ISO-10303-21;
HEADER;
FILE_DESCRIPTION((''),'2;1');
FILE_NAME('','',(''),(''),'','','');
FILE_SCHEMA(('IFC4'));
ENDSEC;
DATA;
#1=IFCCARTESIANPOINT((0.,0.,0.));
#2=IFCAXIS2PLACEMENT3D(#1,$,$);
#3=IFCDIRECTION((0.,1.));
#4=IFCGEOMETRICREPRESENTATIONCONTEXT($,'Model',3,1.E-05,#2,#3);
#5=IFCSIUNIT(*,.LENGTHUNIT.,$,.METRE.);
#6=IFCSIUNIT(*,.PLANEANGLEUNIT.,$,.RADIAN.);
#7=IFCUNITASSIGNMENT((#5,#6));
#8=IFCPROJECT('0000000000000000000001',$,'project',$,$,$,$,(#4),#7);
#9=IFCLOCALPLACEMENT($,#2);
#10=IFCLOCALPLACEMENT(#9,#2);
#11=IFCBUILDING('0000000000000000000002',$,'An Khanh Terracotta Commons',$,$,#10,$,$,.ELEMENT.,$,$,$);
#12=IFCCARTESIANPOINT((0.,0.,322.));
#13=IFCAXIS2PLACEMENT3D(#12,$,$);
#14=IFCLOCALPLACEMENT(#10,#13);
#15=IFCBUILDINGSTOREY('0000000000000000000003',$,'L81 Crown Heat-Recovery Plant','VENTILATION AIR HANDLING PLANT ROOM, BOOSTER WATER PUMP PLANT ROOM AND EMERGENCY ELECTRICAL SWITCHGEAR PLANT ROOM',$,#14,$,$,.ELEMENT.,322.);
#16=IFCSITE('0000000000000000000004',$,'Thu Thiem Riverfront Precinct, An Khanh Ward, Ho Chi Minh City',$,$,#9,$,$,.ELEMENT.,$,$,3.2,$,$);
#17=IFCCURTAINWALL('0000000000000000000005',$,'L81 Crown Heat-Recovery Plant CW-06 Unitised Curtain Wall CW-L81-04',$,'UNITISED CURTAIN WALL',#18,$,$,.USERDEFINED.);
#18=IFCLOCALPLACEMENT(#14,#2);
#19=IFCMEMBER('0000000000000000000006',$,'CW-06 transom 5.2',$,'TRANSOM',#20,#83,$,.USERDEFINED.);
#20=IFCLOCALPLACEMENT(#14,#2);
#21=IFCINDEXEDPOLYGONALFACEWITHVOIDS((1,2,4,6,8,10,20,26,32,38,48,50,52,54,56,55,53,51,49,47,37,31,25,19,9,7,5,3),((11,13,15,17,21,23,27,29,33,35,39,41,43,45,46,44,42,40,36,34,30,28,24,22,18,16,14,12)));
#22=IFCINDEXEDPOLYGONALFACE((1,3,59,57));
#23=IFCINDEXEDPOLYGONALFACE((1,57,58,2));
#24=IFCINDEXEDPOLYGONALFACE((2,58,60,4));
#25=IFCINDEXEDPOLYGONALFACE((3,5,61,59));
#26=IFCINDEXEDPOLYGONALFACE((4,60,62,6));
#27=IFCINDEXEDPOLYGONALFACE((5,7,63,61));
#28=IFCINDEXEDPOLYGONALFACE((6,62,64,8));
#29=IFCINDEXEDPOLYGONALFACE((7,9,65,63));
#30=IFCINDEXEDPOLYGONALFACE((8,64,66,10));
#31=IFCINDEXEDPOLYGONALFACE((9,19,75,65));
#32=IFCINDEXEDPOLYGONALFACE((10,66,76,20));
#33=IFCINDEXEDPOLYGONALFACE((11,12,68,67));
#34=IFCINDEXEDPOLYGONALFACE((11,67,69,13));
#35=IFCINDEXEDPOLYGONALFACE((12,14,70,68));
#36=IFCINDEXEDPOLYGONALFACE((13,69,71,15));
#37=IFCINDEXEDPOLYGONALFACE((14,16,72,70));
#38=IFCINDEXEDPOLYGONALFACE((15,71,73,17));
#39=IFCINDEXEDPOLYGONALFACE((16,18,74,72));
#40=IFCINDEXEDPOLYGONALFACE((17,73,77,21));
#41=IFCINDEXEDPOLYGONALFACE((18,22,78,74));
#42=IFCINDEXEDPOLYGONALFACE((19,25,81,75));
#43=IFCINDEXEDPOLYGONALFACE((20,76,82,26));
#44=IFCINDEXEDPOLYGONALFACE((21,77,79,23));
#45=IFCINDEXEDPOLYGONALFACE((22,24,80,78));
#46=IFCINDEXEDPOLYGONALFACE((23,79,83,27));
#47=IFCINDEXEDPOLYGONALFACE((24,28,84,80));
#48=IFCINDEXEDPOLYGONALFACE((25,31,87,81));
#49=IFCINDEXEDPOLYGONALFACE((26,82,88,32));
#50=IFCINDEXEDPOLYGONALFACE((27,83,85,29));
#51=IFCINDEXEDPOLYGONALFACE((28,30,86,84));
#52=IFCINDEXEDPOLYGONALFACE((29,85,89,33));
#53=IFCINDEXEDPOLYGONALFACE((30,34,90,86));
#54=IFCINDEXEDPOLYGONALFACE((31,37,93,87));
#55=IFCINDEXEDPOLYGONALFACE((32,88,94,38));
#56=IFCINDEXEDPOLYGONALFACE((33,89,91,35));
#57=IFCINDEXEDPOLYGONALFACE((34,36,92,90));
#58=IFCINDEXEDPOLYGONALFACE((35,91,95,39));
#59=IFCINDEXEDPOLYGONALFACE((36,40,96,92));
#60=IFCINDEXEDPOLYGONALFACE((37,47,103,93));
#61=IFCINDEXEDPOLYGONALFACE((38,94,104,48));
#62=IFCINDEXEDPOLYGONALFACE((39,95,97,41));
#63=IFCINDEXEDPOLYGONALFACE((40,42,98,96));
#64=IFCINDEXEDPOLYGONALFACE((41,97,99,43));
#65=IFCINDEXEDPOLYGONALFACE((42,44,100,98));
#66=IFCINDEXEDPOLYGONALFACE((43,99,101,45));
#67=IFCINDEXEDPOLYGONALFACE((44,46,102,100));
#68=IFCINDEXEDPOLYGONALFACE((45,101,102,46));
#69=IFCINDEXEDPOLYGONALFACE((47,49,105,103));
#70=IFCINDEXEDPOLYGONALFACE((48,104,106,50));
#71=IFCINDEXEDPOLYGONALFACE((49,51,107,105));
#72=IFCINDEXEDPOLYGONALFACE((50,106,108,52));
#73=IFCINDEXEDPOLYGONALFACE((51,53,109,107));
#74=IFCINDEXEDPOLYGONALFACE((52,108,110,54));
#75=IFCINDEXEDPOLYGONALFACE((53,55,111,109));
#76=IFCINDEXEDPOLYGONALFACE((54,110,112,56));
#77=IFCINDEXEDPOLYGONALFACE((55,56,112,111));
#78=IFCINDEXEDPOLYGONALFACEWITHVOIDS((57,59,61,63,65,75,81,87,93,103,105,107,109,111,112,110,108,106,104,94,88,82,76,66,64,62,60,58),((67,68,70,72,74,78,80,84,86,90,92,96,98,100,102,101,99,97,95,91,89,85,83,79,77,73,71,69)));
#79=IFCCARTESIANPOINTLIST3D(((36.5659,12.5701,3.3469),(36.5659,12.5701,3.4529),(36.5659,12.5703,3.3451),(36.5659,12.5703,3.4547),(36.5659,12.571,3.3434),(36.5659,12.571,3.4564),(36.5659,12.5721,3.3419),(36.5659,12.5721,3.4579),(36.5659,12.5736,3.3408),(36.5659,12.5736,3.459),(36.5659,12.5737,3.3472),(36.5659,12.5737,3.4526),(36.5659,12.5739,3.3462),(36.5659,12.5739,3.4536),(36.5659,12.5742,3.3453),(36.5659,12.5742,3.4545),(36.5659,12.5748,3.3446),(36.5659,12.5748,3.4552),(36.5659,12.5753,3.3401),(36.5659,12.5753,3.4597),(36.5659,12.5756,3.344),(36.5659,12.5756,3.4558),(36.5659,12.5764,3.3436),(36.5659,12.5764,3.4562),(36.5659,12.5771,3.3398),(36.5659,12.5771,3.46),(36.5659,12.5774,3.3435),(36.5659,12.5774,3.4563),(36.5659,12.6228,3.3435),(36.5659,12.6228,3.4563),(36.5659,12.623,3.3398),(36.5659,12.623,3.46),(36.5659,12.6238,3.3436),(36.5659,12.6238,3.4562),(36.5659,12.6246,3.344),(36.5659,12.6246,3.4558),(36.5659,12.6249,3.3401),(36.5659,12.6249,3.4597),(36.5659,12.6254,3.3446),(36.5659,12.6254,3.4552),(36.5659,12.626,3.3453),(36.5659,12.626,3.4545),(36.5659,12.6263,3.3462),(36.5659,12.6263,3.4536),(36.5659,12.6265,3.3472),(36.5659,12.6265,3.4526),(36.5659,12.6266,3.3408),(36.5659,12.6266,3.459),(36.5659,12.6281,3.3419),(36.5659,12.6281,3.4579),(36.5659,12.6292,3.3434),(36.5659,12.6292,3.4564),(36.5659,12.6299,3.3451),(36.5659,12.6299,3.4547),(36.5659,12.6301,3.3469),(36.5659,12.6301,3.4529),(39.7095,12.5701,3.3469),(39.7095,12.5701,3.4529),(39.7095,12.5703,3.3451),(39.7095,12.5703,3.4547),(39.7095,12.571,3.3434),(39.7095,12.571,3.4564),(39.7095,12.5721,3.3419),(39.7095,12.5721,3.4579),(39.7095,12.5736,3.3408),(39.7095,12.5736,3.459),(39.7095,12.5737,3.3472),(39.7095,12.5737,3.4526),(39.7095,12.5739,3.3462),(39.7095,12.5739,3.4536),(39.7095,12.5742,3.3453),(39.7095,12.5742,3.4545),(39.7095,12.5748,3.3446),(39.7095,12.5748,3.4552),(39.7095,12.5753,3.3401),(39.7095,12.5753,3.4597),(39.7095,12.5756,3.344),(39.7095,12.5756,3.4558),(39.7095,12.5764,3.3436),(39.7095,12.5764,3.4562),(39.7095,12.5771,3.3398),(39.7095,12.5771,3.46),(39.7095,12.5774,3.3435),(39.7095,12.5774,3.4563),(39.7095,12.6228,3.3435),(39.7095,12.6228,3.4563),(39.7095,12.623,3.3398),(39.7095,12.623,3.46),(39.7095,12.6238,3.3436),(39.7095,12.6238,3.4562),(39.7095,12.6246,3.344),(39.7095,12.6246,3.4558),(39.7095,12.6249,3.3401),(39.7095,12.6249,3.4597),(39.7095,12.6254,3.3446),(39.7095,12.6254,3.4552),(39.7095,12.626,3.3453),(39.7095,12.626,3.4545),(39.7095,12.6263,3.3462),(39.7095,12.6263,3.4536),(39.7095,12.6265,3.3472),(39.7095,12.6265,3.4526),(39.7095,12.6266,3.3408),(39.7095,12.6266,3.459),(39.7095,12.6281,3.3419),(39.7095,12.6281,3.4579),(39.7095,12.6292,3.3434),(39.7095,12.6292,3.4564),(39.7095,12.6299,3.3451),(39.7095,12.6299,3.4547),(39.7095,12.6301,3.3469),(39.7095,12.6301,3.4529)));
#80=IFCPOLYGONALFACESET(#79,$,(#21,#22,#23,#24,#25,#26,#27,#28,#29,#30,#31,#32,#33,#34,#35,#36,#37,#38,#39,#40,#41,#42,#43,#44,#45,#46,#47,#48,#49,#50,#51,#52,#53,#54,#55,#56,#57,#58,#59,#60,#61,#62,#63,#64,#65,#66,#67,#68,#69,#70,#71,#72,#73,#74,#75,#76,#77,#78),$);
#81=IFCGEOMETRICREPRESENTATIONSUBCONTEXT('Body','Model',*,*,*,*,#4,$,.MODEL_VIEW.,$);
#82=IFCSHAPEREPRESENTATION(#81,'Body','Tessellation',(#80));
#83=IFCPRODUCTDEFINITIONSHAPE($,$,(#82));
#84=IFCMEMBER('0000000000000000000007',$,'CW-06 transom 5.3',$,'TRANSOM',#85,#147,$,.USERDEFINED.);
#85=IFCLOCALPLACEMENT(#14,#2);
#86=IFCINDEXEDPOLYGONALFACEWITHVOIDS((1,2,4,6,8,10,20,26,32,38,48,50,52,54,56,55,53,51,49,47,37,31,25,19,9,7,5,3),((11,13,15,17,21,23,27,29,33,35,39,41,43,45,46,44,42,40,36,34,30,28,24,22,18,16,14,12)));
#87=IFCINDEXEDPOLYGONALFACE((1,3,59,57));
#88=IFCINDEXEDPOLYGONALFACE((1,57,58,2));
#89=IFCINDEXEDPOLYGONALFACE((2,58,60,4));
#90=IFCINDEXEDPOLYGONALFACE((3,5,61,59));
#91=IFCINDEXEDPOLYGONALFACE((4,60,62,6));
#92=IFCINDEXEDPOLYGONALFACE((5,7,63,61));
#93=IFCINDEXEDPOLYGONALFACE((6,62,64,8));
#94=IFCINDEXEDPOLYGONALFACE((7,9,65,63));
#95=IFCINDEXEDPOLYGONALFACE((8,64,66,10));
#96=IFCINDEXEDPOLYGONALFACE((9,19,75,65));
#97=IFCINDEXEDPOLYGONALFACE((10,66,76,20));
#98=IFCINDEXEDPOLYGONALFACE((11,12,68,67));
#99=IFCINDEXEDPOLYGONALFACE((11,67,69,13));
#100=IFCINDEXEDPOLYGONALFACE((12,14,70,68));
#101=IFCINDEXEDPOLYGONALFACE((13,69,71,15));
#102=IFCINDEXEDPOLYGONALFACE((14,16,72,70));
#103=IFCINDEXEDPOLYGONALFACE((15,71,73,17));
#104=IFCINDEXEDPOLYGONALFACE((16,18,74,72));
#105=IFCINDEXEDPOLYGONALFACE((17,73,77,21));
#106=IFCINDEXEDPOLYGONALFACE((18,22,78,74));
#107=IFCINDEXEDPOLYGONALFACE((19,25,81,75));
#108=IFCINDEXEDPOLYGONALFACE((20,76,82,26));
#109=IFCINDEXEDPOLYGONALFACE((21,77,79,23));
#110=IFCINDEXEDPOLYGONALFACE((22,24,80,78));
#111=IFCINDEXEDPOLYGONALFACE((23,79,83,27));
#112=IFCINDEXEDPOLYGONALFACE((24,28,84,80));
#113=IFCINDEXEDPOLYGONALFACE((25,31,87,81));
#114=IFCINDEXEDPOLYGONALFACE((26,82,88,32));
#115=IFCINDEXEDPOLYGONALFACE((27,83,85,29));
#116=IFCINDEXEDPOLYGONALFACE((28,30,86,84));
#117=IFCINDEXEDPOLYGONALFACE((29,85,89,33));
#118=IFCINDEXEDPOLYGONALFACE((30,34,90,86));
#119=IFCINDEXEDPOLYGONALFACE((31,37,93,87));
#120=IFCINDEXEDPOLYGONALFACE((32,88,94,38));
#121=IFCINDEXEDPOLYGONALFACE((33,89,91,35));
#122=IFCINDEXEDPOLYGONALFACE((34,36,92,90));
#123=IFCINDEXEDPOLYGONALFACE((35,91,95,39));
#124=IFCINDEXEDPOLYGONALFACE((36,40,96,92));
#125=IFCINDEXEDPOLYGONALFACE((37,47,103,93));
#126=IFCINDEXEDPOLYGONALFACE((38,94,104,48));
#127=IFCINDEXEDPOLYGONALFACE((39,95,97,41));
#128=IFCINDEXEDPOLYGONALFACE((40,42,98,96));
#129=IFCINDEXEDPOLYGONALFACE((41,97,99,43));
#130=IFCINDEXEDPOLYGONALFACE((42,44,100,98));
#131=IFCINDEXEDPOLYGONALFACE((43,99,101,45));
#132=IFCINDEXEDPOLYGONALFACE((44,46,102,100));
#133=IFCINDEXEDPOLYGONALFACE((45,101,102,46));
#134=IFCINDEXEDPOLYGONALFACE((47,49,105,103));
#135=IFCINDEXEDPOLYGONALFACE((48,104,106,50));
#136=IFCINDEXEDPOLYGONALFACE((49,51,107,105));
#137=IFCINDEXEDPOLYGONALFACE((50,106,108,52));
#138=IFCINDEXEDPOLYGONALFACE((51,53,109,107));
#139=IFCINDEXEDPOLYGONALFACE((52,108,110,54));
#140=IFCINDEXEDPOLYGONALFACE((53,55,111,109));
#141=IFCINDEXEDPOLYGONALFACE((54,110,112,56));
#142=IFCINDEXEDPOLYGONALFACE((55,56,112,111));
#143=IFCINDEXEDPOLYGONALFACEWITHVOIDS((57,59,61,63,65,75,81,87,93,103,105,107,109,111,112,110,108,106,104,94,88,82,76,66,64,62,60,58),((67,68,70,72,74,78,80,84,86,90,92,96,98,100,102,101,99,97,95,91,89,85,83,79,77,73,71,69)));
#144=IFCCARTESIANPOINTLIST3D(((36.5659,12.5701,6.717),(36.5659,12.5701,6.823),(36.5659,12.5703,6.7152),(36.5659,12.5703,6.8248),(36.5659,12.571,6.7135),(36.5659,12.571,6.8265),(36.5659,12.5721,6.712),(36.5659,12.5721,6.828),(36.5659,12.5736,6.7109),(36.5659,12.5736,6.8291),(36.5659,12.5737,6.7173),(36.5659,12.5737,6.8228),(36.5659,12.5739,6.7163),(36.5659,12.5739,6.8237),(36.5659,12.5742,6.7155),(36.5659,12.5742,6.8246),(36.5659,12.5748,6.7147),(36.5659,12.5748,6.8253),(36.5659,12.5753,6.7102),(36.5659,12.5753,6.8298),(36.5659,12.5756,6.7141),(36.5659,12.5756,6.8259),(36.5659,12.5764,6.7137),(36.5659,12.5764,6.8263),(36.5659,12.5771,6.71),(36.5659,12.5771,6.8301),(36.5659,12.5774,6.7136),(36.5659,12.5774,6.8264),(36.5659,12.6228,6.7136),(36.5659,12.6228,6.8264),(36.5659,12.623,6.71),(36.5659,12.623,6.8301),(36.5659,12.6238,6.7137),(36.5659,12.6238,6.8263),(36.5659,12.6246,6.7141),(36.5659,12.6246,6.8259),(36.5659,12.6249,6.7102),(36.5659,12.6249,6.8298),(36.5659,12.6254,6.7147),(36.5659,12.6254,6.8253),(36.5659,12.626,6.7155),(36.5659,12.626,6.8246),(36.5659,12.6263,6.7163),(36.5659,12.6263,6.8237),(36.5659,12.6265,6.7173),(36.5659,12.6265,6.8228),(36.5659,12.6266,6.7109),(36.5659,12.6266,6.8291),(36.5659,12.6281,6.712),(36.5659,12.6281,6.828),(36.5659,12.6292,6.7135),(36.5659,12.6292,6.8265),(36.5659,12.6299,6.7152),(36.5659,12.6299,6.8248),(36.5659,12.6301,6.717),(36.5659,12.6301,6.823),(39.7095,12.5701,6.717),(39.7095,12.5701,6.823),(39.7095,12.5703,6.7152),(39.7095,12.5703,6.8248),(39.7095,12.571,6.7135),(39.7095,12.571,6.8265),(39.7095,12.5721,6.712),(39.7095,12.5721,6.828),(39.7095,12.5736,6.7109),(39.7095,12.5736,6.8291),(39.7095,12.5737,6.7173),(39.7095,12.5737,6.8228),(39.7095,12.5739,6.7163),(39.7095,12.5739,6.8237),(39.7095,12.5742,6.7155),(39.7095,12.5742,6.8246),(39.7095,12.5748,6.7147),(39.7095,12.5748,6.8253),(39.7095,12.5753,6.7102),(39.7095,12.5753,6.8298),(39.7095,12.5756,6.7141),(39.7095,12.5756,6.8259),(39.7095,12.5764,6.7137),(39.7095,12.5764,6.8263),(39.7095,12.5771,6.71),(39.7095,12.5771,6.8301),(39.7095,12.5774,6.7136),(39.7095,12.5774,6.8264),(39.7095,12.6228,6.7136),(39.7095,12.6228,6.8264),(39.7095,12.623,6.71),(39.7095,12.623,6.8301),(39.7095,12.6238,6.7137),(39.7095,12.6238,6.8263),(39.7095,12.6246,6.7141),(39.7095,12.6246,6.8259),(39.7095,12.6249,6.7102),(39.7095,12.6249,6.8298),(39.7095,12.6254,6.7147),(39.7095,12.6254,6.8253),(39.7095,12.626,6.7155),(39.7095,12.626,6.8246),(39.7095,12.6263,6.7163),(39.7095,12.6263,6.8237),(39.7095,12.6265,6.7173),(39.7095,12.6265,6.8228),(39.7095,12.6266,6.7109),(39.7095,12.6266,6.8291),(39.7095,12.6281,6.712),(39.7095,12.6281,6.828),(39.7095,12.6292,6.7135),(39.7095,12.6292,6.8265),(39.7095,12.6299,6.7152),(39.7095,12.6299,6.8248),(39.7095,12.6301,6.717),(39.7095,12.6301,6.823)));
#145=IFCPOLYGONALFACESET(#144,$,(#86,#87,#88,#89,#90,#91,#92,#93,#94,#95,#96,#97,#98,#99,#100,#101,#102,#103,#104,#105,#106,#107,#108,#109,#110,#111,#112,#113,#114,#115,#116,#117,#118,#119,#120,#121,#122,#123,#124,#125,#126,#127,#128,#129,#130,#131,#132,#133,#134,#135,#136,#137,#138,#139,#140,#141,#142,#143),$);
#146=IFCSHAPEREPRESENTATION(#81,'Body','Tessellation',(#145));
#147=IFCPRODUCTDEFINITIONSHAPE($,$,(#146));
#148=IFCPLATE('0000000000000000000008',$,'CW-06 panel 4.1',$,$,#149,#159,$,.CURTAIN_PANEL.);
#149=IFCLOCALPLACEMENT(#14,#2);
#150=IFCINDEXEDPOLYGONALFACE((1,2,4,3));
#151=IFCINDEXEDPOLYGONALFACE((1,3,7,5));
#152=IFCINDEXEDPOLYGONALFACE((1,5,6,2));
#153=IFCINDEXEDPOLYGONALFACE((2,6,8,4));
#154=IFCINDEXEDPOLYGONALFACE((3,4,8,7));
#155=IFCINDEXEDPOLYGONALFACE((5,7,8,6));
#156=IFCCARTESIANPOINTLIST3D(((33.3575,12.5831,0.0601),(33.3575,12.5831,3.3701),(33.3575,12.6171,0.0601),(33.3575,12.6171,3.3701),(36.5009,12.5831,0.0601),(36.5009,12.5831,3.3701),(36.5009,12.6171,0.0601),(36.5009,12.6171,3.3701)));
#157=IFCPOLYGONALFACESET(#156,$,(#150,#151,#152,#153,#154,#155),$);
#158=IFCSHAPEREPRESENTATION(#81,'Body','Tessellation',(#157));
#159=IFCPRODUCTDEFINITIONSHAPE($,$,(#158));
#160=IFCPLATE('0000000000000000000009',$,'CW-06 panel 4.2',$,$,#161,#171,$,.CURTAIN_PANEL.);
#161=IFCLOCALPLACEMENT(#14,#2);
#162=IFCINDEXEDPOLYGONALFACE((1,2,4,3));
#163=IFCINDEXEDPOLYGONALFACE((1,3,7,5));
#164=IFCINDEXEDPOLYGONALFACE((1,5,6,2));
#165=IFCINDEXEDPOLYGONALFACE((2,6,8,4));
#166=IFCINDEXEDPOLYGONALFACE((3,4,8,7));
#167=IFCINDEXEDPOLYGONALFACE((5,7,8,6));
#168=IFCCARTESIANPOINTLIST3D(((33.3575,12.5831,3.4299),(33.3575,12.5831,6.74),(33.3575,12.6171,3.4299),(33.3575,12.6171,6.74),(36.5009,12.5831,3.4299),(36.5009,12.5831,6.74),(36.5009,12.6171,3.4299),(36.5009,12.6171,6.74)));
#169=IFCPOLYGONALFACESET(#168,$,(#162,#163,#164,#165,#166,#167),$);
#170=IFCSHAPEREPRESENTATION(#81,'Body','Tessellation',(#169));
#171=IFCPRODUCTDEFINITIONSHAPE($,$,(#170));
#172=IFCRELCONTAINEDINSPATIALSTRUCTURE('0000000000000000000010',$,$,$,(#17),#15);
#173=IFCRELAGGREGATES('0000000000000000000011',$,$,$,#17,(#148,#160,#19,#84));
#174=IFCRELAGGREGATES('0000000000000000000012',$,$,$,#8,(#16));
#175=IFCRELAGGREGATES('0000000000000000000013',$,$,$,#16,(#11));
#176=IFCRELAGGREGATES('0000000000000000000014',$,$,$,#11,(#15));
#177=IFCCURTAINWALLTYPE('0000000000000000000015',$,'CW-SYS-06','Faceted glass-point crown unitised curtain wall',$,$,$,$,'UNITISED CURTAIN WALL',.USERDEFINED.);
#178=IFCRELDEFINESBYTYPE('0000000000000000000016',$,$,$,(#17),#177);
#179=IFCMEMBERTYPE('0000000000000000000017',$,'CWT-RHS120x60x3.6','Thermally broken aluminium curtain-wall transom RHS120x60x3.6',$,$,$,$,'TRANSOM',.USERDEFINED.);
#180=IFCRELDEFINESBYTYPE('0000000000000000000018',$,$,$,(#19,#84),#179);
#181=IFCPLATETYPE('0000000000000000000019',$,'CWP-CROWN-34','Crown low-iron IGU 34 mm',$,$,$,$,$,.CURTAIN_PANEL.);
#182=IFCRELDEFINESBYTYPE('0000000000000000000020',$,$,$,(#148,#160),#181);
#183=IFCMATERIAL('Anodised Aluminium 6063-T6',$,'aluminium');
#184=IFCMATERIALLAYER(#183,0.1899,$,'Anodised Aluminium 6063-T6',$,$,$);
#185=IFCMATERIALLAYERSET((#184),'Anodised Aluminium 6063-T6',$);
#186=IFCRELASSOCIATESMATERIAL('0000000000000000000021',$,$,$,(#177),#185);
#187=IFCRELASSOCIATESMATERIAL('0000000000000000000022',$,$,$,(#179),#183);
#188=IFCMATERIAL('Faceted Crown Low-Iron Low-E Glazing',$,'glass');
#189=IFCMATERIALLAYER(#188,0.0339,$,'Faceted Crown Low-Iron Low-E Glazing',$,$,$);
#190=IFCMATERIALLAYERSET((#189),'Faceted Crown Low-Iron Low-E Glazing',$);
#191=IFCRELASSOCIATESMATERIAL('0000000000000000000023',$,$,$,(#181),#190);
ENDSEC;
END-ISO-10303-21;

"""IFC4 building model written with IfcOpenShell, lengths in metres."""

from ifc_helpers import new_model, si_unit, direction, frame, origin, origin_2d, place, context, subcontext, project, spatial, rectangle, hollow_rectangle, extrude, material, layer, layer_set, material_profile, profile_set, type_object, element, aggregate, save


model = new_model("IFC4")

# Units and contexts
model_context = context("Model", 3, precision=1e-05, world=origin(), true_north=direction((0.0, 1.0)))
body_context = subcontext(model_context, "Body", "Model", "MODEL_VIEW")
ifc_project = project(units=[si_unit("LENGTHUNIT", "METRE"), si_unit("PLANEANGLEUNIT", "RADIAN")], contexts=[model_context])

# Site, building, storey
site_placement = place(None, origin())
site = spatial("IfcSite", under=ifc_project, at=site_placement, Name="Thu Thiem Riverfront Precinct, An Khanh Ward, Ho Chi Minh City", CompositionType="ELEMENT", RefElevation=3.2)
building_placement = place(site_placement, origin())
building = spatial("IfcBuilding", under=site, at=building_placement, Name="An Khanh Terracotta Commons", CompositionType="ELEMENT")
storey_placement = place(building_placement, frame((0.0, 0.0, 322.0)))
storey = spatial("IfcBuildingStorey", under=building, at=storey_placement, Name="L81 Crown Heat-Recovery Plant", Description="VENTILATION AIR HANDLING PLANT ROOM, BOOSTER WATER PUMP PLANT ROOM AND EMERGENCY ELECTRICAL SWITCHGEAR PLANT ROOM", CompositionType="ELEMENT", Elevation=322.0)

# Curtain wall, members, plates
ifc_material_1 = material(Name="Anodised Aluminium 6063-T6", Category="aluminium")
ifc_layer_1 = layer(ifc_material_1, 0.1899, Name="Anodised Aluminium 6063-T6")
ifc_layer_set_1 = layer_set([ifc_layer_1], Name="Anodised Aluminium 6063-T6")
curtain_wall_type = type_object("IfcCurtainWallType", Name="CW-SYS-06", Description="Faceted glass-point crown unitised curtain wall", ElementType="UNITISED CURTAIN WALL", PredefinedType="USERDEFINED", material=ifc_layer_set_1)
curtain_wall_placement = place(storey_placement, origin())
curtain_wall = element("IfcCurtainWall", 1, at=curtain_wall_placement, inside=storey, type_object=curtain_wall_type, Name="L81 Crown Heat-Recovery Plant CW-06 Unitised Curtain Wall CW-L81-04", ObjectType="UNITISED CURTAIN WALL", PredefinedType="USERDEFINED")
ifc_material_profile_1 = material_profile(ifc_material_1, hollow_rectangle(XDim=0.0601, YDim=0.1201, WallThickness=0.0037, InnerFilletRadius=0.0037, OuterFilletRadius=0.0071, at=origin_2d()), Name="RHS120x60x3.6")
ifc_profile_set_1 = profile_set([ifc_material_profile_1], Name="Anodised Aluminium 6063-T6")
member_type_1 = type_object("IfcMemberType", Name="CWT-RHS120x60x3.6", Description="Thermally broken aluminium curtain-wall transom RHS120x60x3.6", ElementType="TRANSOM", PredefinedType="USERDEFINED", material=ifc_profile_set_1)
member_1_placement = place(storey_placement, frame((36.5659, 12.6001, 3.3999), z_axis=(1.0, 0.0, 0.0), x_axis=(0.0, 1.0, 0.0)))
member_1 = element("IfcMember", 2, at=member_1_placement, type_object=member_type_1, Name="CW-06 transom 5.2", ObjectType="TRANSOM", PredefinedType="USERDEFINED", context=body_context, shape_type="SweptSolid", body=[
    extrude(hollow_rectangle(XDim=0.0601, YDim=0.1201, WallThickness=0.0037, InnerFilletRadius=0.0037, OuterFilletRadius=0.0071, at=origin_2d()), origin(), (0.0, 0.0, 1.0), 3.1436),
])
member_2_placement = place(storey_placement, frame((36.5659, 12.6001, 6.77), z_axis=(1.0, 0.0, 0.0), x_axis=(0.0, 1.0, 0.0)))
member_2 = element("IfcMember", 3, at=member_2_placement, type_object=member_type_1, Name="CW-06 transom 5.3", ObjectType="TRANSOM", PredefinedType="USERDEFINED", context=body_context, shape_type="SweptSolid", body=[
    extrude(hollow_rectangle(XDim=0.0601, YDim=0.1201, WallThickness=0.0037, InnerFilletRadius=0.0037, OuterFilletRadius=0.0071, at=origin_2d()), origin(), (0.0, 0.0, 1.0), 3.1436),
])
ifc_material_2 = material(Name="Faceted Crown Low-Iron Low-E Glazing", Category="glass")
ifc_layer_2 = layer(ifc_material_2, 0.0339, Name="Faceted Crown Low-Iron Low-E Glazing")
ifc_layer_set_2 = layer_set([ifc_layer_2], Name="Faceted Crown Low-Iron Low-E Glazing")
plate_type = type_object("IfcPlateType", Name="CWP-CROWN-34", Description="Crown low-iron IGU 34 mm", PredefinedType="CURTAIN_PANEL", material=ifc_layer_set_2)
plate_1_placement = place(storey_placement, frame((34.9292, 12.6001, 0.0601), z_axis=(0.0, 0.0, 1.0), x_axis=(1.0, 0.0, 0.0)))
plate_1 = element("IfcPlate", 4, at=plate_1_placement, type_object=plate_type, Name="CW-06 panel 4.1", PredefinedType="CURTAIN_PANEL", context=body_context, shape_type="SweptSolid", body=[
    extrude(rectangle(XDim=3.1433, YDim=0.0339, at=origin_2d()), origin(), (0.0, 0.0, 1.0), 3.3101),
])
plate_2_placement = place(storey_placement, frame((34.9292, 12.6001, 3.4299), z_axis=(0.0, 0.0, 1.0), x_axis=(1.0, 0.0, 0.0)))
plate_2 = element("IfcPlate", 5, at=plate_2_placement, type_object=plate_type, Name="CW-06 panel 4.2", PredefinedType="CURTAIN_PANEL", context=body_context, shape_type="SweptSolid", body=[
    extrude(rectangle(XDim=3.1433, YDim=0.0339, at=origin_2d()), origin(), (0.0, 0.0, 1.0), 3.3101),
])
aggregate(curtain_wall, [plate_1, plate_2, member_1, member_2])

save(model, "model.ifc")
